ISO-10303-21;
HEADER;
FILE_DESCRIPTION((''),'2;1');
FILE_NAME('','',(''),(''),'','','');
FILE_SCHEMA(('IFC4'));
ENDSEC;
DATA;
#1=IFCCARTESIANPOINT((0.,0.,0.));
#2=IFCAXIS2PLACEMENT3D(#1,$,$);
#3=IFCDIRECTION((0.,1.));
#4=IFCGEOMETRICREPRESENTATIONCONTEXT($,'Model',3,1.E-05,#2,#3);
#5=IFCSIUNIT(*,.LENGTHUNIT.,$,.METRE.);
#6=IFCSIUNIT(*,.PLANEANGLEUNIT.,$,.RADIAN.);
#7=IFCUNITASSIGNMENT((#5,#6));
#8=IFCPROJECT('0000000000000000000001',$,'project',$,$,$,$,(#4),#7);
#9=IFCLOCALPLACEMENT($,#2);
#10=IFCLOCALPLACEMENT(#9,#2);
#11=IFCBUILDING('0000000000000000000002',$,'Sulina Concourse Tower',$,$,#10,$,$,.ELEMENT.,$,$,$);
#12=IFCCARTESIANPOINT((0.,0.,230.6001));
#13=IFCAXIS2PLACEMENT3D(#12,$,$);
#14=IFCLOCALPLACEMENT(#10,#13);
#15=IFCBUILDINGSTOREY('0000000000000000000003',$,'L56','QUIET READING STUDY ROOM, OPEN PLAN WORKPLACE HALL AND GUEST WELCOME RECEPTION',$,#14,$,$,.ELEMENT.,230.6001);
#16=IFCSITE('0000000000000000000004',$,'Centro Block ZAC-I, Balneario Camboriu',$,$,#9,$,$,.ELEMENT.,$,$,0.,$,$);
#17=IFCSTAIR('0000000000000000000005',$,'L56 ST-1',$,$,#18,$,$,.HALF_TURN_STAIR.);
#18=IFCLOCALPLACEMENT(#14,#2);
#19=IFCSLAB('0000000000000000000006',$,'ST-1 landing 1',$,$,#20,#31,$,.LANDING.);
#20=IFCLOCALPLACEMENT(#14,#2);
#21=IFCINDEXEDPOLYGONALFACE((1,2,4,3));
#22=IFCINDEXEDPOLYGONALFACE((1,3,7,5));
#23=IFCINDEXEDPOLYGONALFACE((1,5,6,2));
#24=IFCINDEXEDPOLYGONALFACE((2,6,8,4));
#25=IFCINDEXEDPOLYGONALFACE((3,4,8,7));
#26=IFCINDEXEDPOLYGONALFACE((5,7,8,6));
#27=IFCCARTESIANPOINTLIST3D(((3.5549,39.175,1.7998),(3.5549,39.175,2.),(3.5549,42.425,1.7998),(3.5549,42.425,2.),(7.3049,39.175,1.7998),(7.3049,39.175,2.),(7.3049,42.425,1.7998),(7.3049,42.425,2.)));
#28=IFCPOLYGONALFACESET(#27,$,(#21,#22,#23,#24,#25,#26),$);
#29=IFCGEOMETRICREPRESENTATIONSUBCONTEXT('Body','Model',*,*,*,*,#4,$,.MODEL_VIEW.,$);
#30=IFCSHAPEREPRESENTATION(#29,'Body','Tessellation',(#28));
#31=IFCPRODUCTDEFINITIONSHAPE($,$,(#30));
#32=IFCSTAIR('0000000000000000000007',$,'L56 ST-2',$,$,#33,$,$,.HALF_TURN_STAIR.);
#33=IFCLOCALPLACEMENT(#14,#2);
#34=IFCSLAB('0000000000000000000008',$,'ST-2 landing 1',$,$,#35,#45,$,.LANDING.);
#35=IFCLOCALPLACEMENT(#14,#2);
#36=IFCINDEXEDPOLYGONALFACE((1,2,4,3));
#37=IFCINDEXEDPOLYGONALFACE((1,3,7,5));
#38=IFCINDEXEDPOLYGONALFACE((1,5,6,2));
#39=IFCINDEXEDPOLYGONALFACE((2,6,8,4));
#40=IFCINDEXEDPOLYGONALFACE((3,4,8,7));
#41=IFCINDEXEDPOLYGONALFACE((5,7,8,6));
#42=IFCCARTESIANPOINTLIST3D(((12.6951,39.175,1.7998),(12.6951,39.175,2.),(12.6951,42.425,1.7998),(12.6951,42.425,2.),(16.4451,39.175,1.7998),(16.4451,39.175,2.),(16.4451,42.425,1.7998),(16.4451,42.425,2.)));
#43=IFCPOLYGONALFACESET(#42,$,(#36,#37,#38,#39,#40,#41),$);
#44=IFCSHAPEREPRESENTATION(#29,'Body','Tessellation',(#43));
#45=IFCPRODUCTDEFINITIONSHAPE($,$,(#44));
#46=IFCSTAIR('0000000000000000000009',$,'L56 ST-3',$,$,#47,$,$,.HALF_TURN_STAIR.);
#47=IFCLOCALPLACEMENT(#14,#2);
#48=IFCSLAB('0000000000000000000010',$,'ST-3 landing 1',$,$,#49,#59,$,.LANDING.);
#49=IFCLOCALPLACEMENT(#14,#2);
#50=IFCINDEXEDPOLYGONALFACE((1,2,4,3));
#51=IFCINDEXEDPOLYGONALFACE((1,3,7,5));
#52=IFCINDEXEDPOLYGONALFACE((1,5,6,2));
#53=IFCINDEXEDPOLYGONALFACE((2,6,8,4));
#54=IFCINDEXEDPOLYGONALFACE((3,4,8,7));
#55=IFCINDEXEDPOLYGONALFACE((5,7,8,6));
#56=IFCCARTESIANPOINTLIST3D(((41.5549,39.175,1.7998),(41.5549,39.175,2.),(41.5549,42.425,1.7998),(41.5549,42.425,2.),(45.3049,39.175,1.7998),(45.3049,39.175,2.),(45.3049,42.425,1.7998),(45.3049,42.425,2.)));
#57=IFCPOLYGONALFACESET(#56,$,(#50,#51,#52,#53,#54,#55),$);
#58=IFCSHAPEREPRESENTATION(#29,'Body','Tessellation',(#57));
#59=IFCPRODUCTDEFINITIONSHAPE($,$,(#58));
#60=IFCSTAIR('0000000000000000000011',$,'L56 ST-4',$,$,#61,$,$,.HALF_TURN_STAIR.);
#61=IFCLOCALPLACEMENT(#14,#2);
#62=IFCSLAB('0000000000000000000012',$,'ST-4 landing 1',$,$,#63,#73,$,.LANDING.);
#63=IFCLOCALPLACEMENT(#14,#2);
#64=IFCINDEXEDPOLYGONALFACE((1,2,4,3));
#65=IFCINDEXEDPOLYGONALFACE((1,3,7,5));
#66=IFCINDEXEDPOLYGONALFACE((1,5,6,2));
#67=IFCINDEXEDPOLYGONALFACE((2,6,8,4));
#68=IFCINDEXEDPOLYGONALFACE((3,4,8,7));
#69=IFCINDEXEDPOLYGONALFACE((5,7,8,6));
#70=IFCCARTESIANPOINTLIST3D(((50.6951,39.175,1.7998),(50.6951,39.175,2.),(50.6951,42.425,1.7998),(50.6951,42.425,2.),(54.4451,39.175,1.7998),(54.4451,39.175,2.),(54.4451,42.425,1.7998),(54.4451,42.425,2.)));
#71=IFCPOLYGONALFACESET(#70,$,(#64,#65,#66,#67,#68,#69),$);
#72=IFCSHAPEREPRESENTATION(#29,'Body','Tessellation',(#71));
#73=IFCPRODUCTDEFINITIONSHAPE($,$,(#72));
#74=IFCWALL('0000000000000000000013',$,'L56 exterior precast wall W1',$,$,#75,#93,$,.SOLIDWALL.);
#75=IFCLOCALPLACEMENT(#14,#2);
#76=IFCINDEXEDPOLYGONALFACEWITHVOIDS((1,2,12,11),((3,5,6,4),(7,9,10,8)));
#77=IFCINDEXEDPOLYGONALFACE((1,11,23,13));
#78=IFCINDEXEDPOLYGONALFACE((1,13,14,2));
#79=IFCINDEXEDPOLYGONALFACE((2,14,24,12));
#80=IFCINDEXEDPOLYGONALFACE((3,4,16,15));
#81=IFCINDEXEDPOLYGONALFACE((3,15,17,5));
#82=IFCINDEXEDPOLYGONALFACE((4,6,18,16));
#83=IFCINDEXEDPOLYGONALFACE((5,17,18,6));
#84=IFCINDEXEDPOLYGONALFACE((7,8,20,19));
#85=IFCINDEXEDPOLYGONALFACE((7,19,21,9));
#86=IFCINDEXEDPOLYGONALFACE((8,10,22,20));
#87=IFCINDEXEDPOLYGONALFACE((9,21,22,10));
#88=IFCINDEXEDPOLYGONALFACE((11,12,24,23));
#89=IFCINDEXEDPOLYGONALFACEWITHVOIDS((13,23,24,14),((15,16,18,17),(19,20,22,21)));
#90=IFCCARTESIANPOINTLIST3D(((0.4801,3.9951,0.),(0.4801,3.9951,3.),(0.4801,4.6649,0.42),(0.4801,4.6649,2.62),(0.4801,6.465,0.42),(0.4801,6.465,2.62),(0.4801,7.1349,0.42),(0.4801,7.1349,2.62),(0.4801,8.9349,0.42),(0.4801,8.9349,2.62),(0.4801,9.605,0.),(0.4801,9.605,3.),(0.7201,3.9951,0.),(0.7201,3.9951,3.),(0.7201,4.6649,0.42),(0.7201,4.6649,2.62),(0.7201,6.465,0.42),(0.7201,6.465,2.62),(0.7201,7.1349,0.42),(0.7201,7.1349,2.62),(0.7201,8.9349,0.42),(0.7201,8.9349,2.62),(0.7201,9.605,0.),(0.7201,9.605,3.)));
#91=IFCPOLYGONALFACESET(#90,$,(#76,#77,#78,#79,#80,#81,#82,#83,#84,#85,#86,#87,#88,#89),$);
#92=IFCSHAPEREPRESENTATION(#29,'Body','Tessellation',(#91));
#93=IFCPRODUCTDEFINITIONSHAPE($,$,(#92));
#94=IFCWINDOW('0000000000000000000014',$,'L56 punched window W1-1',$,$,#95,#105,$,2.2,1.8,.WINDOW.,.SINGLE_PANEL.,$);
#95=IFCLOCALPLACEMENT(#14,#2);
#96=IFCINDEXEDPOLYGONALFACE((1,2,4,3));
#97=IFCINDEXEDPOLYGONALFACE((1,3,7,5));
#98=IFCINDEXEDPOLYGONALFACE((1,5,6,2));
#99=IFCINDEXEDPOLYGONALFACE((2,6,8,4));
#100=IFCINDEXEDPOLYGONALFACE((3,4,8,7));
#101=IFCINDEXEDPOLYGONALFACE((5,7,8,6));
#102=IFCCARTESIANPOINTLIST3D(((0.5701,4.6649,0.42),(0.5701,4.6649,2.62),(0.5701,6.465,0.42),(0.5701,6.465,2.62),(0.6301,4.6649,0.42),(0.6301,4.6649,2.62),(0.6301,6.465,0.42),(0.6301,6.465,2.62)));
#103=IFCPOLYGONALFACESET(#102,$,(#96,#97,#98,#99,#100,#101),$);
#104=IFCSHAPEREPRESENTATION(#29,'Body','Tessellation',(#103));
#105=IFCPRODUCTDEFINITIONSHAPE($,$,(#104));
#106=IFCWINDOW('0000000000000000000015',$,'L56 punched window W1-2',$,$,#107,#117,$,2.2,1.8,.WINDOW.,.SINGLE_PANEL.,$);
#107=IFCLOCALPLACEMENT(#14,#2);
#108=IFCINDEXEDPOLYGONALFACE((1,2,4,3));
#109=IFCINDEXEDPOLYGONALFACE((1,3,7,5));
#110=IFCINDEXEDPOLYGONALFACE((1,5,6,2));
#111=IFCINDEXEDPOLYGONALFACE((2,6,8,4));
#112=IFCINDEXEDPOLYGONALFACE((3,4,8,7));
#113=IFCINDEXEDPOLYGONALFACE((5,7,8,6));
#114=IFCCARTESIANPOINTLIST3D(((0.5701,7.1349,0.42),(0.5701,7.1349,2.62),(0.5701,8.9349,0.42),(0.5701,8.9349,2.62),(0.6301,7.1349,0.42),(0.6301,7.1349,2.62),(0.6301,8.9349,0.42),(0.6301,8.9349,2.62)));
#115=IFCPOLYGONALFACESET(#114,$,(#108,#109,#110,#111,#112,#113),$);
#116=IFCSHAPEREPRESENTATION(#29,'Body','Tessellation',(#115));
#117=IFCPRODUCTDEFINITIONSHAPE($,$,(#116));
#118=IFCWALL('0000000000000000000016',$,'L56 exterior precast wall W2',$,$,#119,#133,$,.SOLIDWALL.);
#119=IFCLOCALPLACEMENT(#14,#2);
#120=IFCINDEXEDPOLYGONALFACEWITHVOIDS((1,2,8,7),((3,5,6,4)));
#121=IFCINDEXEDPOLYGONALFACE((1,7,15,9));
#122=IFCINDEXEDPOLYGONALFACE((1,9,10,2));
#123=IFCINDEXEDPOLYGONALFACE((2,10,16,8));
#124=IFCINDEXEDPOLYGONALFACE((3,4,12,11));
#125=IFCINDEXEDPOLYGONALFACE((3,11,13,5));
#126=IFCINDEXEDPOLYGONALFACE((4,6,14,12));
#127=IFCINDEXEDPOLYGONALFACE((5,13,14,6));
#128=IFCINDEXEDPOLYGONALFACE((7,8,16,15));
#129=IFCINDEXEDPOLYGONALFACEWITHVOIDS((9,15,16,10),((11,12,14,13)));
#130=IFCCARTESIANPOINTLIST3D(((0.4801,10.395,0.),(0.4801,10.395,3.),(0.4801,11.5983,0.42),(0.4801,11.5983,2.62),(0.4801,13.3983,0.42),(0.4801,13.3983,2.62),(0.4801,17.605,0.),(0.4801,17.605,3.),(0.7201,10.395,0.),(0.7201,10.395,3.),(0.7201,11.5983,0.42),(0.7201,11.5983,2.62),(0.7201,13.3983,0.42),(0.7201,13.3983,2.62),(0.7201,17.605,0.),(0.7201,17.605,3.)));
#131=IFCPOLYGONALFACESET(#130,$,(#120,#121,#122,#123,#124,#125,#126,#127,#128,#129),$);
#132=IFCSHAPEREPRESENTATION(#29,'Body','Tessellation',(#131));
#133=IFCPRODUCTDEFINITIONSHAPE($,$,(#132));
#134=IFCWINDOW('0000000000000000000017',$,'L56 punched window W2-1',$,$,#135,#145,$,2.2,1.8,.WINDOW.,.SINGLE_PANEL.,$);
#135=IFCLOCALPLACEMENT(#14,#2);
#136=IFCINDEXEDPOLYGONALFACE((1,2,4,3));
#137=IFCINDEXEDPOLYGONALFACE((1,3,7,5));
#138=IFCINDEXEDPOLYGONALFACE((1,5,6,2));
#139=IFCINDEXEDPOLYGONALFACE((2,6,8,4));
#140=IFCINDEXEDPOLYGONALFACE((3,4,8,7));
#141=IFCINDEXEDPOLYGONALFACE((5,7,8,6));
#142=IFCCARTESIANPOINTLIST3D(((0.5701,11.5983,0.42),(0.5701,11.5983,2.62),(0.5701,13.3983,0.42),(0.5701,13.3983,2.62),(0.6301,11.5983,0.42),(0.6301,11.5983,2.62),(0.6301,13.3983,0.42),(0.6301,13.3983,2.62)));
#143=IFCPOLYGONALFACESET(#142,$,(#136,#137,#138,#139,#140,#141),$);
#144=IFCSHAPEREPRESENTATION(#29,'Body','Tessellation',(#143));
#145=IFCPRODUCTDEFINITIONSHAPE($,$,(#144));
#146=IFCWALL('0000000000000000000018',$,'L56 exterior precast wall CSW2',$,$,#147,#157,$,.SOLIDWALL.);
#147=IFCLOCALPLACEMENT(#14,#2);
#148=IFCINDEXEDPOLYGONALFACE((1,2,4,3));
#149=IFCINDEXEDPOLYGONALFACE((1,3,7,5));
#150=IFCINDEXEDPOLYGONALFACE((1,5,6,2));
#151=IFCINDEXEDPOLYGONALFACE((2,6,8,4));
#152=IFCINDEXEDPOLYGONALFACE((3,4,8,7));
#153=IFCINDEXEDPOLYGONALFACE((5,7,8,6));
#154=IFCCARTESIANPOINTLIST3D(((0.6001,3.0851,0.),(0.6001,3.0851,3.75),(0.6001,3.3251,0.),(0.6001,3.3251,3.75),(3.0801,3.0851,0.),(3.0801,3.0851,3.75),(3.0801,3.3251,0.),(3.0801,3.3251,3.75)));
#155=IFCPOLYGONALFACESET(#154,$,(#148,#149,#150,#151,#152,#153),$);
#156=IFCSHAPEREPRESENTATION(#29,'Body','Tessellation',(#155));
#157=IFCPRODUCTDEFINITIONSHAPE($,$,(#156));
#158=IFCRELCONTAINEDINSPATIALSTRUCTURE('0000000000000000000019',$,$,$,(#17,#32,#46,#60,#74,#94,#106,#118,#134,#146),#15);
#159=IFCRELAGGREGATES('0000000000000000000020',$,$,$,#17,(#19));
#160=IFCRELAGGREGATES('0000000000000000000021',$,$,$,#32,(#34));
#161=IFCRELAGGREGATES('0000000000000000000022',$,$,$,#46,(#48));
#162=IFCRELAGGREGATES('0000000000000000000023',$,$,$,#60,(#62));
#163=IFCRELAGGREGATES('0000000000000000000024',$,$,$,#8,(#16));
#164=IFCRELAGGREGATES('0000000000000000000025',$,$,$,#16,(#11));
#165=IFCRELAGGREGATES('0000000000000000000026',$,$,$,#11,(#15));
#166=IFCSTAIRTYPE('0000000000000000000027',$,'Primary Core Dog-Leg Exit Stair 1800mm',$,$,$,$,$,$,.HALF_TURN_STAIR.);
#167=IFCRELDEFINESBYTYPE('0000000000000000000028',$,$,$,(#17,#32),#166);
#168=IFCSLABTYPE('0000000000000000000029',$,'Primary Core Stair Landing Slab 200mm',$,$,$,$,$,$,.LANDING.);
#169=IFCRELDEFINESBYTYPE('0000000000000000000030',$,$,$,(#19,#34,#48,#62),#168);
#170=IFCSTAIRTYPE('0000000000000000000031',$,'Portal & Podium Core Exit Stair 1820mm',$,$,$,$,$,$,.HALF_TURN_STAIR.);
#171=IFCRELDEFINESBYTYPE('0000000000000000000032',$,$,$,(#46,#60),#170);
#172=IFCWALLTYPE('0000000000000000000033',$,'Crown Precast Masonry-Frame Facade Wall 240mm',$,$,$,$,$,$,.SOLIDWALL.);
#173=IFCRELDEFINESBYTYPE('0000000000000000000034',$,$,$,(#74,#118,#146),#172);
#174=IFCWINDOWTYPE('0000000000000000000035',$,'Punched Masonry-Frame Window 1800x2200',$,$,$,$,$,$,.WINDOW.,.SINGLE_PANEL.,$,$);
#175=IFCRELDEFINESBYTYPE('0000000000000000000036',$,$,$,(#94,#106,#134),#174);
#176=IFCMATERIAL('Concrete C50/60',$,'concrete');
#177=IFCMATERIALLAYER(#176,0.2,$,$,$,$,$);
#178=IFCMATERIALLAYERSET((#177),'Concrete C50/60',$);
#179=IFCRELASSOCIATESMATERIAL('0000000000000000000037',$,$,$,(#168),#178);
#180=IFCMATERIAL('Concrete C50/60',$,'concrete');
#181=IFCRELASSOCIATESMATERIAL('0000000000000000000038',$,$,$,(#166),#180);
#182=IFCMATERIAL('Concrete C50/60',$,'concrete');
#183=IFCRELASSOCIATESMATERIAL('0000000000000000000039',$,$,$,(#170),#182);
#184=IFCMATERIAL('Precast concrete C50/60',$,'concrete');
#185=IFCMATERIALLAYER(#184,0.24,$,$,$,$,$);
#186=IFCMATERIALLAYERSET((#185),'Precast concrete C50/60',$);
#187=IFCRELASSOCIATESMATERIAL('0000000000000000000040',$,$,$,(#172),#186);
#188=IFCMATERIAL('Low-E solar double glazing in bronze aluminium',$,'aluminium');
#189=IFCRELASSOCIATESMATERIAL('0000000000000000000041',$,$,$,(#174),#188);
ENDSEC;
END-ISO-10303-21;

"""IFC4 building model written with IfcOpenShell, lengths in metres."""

from ifc_helpers import new_model, si_unit, direction, frame, frame_2d, origin, place, context, subcontext, project, spatial, polyline, rectangle, outline, extrude, material, layer, layer_set, type_object, element, fill, aggregate, save


model = new_model("IFC4")

# Units and contexts
model_context = context("Model", 3, precision=1e-05, world=origin(), true_north=direction((0.0, 1.0)))
body_context = subcontext(model_context, "Body", "Model", "MODEL_VIEW")
ifc_project = project(units=[si_unit("LENGTHUNIT", "METRE"), si_unit("PLANEANGLEUNIT", "RADIAN")], contexts=[model_context])

# Site, building, storey
site_placement = place(None, origin())
site = spatial("IfcSite", under=ifc_project, at=site_placement, Name="Centro Block ZAC-I, Balneario Camboriu", CompositionType="ELEMENT", RefElevation=0.0)
building_placement = place(site_placement, origin())
building = spatial("IfcBuilding", under=site, at=building_placement, Name="Sulina Concourse Tower", CompositionType="ELEMENT")
storey_placement = place(building_placement, frame((0.0, 0.0, 230.6001)))
storey = spatial("IfcBuildingStorey", under=building, at=storey_placement, Name="L56", Description="QUIET READING STUDY ROOM, OPEN PLAN WORKPLACE HALL AND GUEST WELCOME RECEPTION", CompositionType="ELEMENT", Elevation=230.6001)

# Shared definitions
ifc_material_1 = material(Name="Concrete C50/60", Category="concrete")
ifc_layer_1 = layer(ifc_material_1, 0.2)
ifc_layer_set_1 = layer_set([ifc_layer_1], Name="Concrete C50/60")
slab_type_1 = type_object("IfcSlabType", Name="Primary Core Stair Landing Slab 200mm", PredefinedType="LANDING", material=ifc_layer_set_1)

# Stairs, slabs
ifc_material_2 = material(Name="Concrete C50/60", Category="concrete")
stair_type_1 = type_object("IfcStairType", Name="Primary Core Dog-Leg Exit Stair 1800mm", PredefinedType="HALF_TURN_STAIR", material=ifc_material_2)
stair_1_placement = place(storey_placement, origin())
stair_1 = element("IfcStair", 1, at=stair_1_placement, inside=storey, type_object=stair_type_1, Name="L56 ST-1", PredefinedType="HALF_TURN_STAIR")
slab_1_placement = place(storey_placement, frame((0.0, 0.0, 1.7998)))
slab_1 = element("IfcSlab", 2, at=slab_1_placement, type_object=slab_type_1, Name="ST-1 landing 1", PredefinedType="LANDING", context=body_context, shape_type="SweptSolid", body=[
    extrude(outline(polyline([(7.3049, 39.175), (7.3049, 42.425), (3.5549, 42.425), (3.5549, 39.175), (7.3049, 39.175)])), origin(), (0.0, 0.0, 1.0), 0.2002),
])
aggregate(stair_1, [slab_1])
stair_2_placement = place(storey_placement, origin())
stair_2 = element("IfcStair", 3, at=stair_2_placement, inside=storey, type_object=stair_type_1, Name="L56 ST-2", PredefinedType="HALF_TURN_STAIR")
slab_2_placement = place(storey_placement, frame((0.0, 0.0, 1.7998)))
slab_2 = element("IfcSlab", 4, at=slab_2_placement, type_object=slab_type_1, Name="ST-2 landing 1", PredefinedType="LANDING", context=body_context, shape_type="SweptSolid", body=[
    extrude(outline(polyline([(16.4451, 39.175), (16.4451, 42.425), (12.6951, 42.425), (12.6951, 39.175), (16.4451, 39.175)])), origin(), (0.0, 0.0, 1.0), 0.2002),
])
aggregate(stair_2, [slab_2])
ifc_material_3 = material(Name="Concrete C50/60", Category="concrete")
stair_type_2 = type_object("IfcStairType", Name="Portal & Podium Core Exit Stair 1820mm", PredefinedType="HALF_TURN_STAIR", material=ifc_material_3)
stair_3_placement = place(storey_placement, origin())
stair_3 = element("IfcStair", 5, at=stair_3_placement, inside=storey, type_object=stair_type_2, Name="L56 ST-3", PredefinedType="HALF_TURN_STAIR")
slab_3_placement = place(storey_placement, frame((0.0, 0.0, 1.7998)))
slab_3 = element("IfcSlab", 6, at=slab_3_placement, type_object=slab_type_1, Name="ST-3 landing 1", PredefinedType="LANDING", context=body_context, shape_type="SweptSolid", body=[
    extrude(outline(polyline([(45.3049, 39.175), (45.3049, 42.425), (41.5549, 42.425), (41.5549, 39.175), (45.3049, 39.175)])), origin(), (0.0, 0.0, 1.0), 0.2002),
])
aggregate(stair_3, [slab_3])
stair_4_placement = place(storey_placement, origin())
stair_4 = element("IfcStair", 7, at=stair_4_placement, inside=storey, type_object=stair_type_2, Name="L56 ST-4", PredefinedType="HALF_TURN_STAIR")
slab_4_placement = place(storey_placement, frame((0.0, 0.0, 1.7998)))
slab_4 = element("IfcSlab", 8, at=slab_4_placement, type_object=slab_type_1, Name="ST-4 landing 1", PredefinedType="LANDING", context=body_context, shape_type="SweptSolid", body=[
    extrude(outline(polyline([(54.4451, 39.175), (54.4451, 42.425), (50.6951, 42.425), (50.6951, 39.175), (54.4451, 39.175)])), origin(), (0.0, 0.0, 1.0), 0.2002),
])
aggregate(stair_4, [slab_4])

# Wall, openings, windows
ifc_material_4 = material(Name="Precast concrete C50/60", Category="concrete")
ifc_layer_2 = layer(ifc_material_4, 0.24)
ifc_layer_set_2 = layer_set([ifc_layer_2], Name="Precast concrete C50/60")
wall_type = type_object("IfcWallType", Name="Crown Precast Masonry-Frame Facade Wall 240mm", PredefinedType="SOLIDWALL", material=ifc_layer_set_2)
wall_1_placement = place(storey_placement, frame((0.6001, 3.9951, 0.0), z_axis=(0.0, 0.0, 1.0), x_axis=(0.0, 1.0, 0.0)))
wall_1 = element("IfcWall", 9, at=wall_1_placement, inside=storey, type_object=wall_type, Name="L56 exterior precast wall W1", PredefinedType="SOLIDWALL", context=body_context, shape_type="SweptSolid", body=[
    extrude(rectangle(XDim=5.6099, YDim=0.24, at=frame_2d((2.8049, 0.0))), origin(), (0.0, 0.0, 1.0), 3.0),
])
opening_1_placement = place(wall_1_placement, frame((0.6699, 0.0, 0.4199)))
opening_1 = element("IfcOpeningElement", 10, at=opening_1_placement, cuts=wall_1, PredefinedType="OPENING", context=body_context, shape_type="SweptSolid", body=[
    extrude(rectangle(XDim=1.8, YDim=2.2, at=frame_2d((0.8999, 1.1001))), frame((0.0, 0.1299, 0.0), z_axis=(0.0, -1.0, 0.0), x_axis=(1.0, 0.0, 0.0)), (0.0, 0.0, 1.0), 0.26),
])
opening_2_placement = place(wall_1_placement, frame((3.1399, 0.0, 0.4199)))
opening_2 = element("IfcOpeningElement", 11, at=opening_2_placement, cuts=wall_1, PredefinedType="OPENING", context=body_context, shape_type="SweptSolid", body=[
    extrude(rectangle(XDim=1.8, YDim=2.2, at=frame_2d((0.8999, 1.1001))), frame((0.0, 0.1299, 0.0), z_axis=(0.0, -1.0, 0.0), x_axis=(1.0, 0.0, 0.0)), (0.0, 0.0, 1.0), 0.26),
])
ifc_material_5 = material(Name="Low-E solar double glazing in bronze aluminium", Category="aluminium")
window_type = type_object("IfcWindowType", Name="Punched Masonry-Frame Window 1800x2200", PartitioningType="SINGLE_PANEL", PredefinedType="WINDOW", material=ifc_material_5)
window_1_placement = place(opening_1_placement, origin())
window_1 = element("IfcWindow", 12, at=window_1_placement, inside=storey, type_object=window_type, Name="L56 punched window W1-1", OverallHeight=2.2, OverallWidth=1.8, PartitioningType="SINGLE_PANEL", PredefinedType="WINDOW", context=body_context, shape_type="SweptSolid", body=[
    extrude(rectangle(XDim=1.8, YDim=2.2, at=frame_2d((0.8999, 1.1001))), frame((0.0, 0.03, 0.0), z_axis=(0.0, -1.0, 0.0), x_axis=(1.0, 0.0, 0.0)), (0.0, 0.0, 1.0), 0.0601),
])
fill(opening_1, window_1)
window_2_placement = place(opening_2_placement, origin())
window_2 = element("IfcWindow", 13, at=window_2_placement, inside=storey, type_object=window_type, Name="L56 punched window W1-2", OverallHeight=2.2, OverallWidth=1.8, PartitioningType="SINGLE_PANEL", PredefinedType="WINDOW", context=body_context, shape_type="SweptSolid", body=[
    extrude(rectangle(XDim=1.8, YDim=2.2, at=frame_2d((0.8999, 1.1001))), frame((0.0, 0.03, 0.0), z_axis=(0.0, -1.0, 0.0), x_axis=(1.0, 0.0, 0.0)), (0.0, 0.0, 1.0), 0.0601),
])
fill(opening_2, window_2)

# Wall, opening, window
wall_2_placement = place(storey_placement, frame((0.6001, 10.395, 0.0), z_axis=(0.0, 0.0, 1.0), x_axis=(0.0, 1.0, 0.0)))
wall_2 = element("IfcWall", 14, at=wall_2_placement, inside=storey, type_object=wall_type, Name="L56 exterior precast wall W2", PredefinedType="SOLIDWALL", context=body_context, shape_type="SweptSolid", body=[
    extrude(rectangle(XDim=7.21, YDim=0.24, at=frame_2d((3.605, 0.0))), origin(), (0.0, 0.0, 1.0), 3.0),
])
opening_3_placement = place(wall_2_placement, frame((1.2034, 0.0, 0.4199)))
opening_3 = element("IfcOpeningElement", 15, at=opening_3_placement, cuts=wall_2, PredefinedType="OPENING", context=body_context, shape_type="SweptSolid", body=[
    extrude(rectangle(XDim=1.8, YDim=2.2, at=frame_2d((0.8999, 1.1001))), frame((0.0, 0.1299, 0.0), z_axis=(0.0, -1.0, 0.0), x_axis=(1.0, 0.0, 0.0)), (0.0, 0.0, 1.0), 0.26),
])
window_3_placement = place(opening_3_placement, origin())
window_3 = element("IfcWindow", 16, at=window_3_placement, inside=storey, type_object=window_type, Name="L56 punched window W2-1", OverallHeight=2.2, OverallWidth=1.8, PartitioningType="SINGLE_PANEL", PredefinedType="WINDOW", context=body_context, shape_type="SweptSolid", body=[
    extrude(rectangle(XDim=1.8, YDim=2.2, at=frame_2d((0.8999, 1.1001))), frame((0.0, 0.03, 0.0), z_axis=(0.0, -1.0, 0.0), x_axis=(1.0, 0.0, 0.0)), (0.0, 0.0, 1.0), 0.0601),
])
fill(opening_3, window_3)

# Wall
wall_3_placement = place(storey_placement, frame((3.0801, 3.2051, 0.0), z_axis=(0.0, 0.0, 1.0), x_axis=(-1.0, 0.0, 0.0)))
element("IfcWall", 17, at=wall_3_placement, inside=storey, type_object=wall_type, Name="L56 exterior precast wall CSW2", PredefinedType="SOLIDWALL", context=body_context, shape_type="SweptSolid", body=[
    extrude(rectangle(XDim=2.48, YDim=0.24, at=frame_2d((1.24, 0.0))), origin(), (0.0, 0.0, 1.0), 3.75),
])

save(model, "model.ifc")
